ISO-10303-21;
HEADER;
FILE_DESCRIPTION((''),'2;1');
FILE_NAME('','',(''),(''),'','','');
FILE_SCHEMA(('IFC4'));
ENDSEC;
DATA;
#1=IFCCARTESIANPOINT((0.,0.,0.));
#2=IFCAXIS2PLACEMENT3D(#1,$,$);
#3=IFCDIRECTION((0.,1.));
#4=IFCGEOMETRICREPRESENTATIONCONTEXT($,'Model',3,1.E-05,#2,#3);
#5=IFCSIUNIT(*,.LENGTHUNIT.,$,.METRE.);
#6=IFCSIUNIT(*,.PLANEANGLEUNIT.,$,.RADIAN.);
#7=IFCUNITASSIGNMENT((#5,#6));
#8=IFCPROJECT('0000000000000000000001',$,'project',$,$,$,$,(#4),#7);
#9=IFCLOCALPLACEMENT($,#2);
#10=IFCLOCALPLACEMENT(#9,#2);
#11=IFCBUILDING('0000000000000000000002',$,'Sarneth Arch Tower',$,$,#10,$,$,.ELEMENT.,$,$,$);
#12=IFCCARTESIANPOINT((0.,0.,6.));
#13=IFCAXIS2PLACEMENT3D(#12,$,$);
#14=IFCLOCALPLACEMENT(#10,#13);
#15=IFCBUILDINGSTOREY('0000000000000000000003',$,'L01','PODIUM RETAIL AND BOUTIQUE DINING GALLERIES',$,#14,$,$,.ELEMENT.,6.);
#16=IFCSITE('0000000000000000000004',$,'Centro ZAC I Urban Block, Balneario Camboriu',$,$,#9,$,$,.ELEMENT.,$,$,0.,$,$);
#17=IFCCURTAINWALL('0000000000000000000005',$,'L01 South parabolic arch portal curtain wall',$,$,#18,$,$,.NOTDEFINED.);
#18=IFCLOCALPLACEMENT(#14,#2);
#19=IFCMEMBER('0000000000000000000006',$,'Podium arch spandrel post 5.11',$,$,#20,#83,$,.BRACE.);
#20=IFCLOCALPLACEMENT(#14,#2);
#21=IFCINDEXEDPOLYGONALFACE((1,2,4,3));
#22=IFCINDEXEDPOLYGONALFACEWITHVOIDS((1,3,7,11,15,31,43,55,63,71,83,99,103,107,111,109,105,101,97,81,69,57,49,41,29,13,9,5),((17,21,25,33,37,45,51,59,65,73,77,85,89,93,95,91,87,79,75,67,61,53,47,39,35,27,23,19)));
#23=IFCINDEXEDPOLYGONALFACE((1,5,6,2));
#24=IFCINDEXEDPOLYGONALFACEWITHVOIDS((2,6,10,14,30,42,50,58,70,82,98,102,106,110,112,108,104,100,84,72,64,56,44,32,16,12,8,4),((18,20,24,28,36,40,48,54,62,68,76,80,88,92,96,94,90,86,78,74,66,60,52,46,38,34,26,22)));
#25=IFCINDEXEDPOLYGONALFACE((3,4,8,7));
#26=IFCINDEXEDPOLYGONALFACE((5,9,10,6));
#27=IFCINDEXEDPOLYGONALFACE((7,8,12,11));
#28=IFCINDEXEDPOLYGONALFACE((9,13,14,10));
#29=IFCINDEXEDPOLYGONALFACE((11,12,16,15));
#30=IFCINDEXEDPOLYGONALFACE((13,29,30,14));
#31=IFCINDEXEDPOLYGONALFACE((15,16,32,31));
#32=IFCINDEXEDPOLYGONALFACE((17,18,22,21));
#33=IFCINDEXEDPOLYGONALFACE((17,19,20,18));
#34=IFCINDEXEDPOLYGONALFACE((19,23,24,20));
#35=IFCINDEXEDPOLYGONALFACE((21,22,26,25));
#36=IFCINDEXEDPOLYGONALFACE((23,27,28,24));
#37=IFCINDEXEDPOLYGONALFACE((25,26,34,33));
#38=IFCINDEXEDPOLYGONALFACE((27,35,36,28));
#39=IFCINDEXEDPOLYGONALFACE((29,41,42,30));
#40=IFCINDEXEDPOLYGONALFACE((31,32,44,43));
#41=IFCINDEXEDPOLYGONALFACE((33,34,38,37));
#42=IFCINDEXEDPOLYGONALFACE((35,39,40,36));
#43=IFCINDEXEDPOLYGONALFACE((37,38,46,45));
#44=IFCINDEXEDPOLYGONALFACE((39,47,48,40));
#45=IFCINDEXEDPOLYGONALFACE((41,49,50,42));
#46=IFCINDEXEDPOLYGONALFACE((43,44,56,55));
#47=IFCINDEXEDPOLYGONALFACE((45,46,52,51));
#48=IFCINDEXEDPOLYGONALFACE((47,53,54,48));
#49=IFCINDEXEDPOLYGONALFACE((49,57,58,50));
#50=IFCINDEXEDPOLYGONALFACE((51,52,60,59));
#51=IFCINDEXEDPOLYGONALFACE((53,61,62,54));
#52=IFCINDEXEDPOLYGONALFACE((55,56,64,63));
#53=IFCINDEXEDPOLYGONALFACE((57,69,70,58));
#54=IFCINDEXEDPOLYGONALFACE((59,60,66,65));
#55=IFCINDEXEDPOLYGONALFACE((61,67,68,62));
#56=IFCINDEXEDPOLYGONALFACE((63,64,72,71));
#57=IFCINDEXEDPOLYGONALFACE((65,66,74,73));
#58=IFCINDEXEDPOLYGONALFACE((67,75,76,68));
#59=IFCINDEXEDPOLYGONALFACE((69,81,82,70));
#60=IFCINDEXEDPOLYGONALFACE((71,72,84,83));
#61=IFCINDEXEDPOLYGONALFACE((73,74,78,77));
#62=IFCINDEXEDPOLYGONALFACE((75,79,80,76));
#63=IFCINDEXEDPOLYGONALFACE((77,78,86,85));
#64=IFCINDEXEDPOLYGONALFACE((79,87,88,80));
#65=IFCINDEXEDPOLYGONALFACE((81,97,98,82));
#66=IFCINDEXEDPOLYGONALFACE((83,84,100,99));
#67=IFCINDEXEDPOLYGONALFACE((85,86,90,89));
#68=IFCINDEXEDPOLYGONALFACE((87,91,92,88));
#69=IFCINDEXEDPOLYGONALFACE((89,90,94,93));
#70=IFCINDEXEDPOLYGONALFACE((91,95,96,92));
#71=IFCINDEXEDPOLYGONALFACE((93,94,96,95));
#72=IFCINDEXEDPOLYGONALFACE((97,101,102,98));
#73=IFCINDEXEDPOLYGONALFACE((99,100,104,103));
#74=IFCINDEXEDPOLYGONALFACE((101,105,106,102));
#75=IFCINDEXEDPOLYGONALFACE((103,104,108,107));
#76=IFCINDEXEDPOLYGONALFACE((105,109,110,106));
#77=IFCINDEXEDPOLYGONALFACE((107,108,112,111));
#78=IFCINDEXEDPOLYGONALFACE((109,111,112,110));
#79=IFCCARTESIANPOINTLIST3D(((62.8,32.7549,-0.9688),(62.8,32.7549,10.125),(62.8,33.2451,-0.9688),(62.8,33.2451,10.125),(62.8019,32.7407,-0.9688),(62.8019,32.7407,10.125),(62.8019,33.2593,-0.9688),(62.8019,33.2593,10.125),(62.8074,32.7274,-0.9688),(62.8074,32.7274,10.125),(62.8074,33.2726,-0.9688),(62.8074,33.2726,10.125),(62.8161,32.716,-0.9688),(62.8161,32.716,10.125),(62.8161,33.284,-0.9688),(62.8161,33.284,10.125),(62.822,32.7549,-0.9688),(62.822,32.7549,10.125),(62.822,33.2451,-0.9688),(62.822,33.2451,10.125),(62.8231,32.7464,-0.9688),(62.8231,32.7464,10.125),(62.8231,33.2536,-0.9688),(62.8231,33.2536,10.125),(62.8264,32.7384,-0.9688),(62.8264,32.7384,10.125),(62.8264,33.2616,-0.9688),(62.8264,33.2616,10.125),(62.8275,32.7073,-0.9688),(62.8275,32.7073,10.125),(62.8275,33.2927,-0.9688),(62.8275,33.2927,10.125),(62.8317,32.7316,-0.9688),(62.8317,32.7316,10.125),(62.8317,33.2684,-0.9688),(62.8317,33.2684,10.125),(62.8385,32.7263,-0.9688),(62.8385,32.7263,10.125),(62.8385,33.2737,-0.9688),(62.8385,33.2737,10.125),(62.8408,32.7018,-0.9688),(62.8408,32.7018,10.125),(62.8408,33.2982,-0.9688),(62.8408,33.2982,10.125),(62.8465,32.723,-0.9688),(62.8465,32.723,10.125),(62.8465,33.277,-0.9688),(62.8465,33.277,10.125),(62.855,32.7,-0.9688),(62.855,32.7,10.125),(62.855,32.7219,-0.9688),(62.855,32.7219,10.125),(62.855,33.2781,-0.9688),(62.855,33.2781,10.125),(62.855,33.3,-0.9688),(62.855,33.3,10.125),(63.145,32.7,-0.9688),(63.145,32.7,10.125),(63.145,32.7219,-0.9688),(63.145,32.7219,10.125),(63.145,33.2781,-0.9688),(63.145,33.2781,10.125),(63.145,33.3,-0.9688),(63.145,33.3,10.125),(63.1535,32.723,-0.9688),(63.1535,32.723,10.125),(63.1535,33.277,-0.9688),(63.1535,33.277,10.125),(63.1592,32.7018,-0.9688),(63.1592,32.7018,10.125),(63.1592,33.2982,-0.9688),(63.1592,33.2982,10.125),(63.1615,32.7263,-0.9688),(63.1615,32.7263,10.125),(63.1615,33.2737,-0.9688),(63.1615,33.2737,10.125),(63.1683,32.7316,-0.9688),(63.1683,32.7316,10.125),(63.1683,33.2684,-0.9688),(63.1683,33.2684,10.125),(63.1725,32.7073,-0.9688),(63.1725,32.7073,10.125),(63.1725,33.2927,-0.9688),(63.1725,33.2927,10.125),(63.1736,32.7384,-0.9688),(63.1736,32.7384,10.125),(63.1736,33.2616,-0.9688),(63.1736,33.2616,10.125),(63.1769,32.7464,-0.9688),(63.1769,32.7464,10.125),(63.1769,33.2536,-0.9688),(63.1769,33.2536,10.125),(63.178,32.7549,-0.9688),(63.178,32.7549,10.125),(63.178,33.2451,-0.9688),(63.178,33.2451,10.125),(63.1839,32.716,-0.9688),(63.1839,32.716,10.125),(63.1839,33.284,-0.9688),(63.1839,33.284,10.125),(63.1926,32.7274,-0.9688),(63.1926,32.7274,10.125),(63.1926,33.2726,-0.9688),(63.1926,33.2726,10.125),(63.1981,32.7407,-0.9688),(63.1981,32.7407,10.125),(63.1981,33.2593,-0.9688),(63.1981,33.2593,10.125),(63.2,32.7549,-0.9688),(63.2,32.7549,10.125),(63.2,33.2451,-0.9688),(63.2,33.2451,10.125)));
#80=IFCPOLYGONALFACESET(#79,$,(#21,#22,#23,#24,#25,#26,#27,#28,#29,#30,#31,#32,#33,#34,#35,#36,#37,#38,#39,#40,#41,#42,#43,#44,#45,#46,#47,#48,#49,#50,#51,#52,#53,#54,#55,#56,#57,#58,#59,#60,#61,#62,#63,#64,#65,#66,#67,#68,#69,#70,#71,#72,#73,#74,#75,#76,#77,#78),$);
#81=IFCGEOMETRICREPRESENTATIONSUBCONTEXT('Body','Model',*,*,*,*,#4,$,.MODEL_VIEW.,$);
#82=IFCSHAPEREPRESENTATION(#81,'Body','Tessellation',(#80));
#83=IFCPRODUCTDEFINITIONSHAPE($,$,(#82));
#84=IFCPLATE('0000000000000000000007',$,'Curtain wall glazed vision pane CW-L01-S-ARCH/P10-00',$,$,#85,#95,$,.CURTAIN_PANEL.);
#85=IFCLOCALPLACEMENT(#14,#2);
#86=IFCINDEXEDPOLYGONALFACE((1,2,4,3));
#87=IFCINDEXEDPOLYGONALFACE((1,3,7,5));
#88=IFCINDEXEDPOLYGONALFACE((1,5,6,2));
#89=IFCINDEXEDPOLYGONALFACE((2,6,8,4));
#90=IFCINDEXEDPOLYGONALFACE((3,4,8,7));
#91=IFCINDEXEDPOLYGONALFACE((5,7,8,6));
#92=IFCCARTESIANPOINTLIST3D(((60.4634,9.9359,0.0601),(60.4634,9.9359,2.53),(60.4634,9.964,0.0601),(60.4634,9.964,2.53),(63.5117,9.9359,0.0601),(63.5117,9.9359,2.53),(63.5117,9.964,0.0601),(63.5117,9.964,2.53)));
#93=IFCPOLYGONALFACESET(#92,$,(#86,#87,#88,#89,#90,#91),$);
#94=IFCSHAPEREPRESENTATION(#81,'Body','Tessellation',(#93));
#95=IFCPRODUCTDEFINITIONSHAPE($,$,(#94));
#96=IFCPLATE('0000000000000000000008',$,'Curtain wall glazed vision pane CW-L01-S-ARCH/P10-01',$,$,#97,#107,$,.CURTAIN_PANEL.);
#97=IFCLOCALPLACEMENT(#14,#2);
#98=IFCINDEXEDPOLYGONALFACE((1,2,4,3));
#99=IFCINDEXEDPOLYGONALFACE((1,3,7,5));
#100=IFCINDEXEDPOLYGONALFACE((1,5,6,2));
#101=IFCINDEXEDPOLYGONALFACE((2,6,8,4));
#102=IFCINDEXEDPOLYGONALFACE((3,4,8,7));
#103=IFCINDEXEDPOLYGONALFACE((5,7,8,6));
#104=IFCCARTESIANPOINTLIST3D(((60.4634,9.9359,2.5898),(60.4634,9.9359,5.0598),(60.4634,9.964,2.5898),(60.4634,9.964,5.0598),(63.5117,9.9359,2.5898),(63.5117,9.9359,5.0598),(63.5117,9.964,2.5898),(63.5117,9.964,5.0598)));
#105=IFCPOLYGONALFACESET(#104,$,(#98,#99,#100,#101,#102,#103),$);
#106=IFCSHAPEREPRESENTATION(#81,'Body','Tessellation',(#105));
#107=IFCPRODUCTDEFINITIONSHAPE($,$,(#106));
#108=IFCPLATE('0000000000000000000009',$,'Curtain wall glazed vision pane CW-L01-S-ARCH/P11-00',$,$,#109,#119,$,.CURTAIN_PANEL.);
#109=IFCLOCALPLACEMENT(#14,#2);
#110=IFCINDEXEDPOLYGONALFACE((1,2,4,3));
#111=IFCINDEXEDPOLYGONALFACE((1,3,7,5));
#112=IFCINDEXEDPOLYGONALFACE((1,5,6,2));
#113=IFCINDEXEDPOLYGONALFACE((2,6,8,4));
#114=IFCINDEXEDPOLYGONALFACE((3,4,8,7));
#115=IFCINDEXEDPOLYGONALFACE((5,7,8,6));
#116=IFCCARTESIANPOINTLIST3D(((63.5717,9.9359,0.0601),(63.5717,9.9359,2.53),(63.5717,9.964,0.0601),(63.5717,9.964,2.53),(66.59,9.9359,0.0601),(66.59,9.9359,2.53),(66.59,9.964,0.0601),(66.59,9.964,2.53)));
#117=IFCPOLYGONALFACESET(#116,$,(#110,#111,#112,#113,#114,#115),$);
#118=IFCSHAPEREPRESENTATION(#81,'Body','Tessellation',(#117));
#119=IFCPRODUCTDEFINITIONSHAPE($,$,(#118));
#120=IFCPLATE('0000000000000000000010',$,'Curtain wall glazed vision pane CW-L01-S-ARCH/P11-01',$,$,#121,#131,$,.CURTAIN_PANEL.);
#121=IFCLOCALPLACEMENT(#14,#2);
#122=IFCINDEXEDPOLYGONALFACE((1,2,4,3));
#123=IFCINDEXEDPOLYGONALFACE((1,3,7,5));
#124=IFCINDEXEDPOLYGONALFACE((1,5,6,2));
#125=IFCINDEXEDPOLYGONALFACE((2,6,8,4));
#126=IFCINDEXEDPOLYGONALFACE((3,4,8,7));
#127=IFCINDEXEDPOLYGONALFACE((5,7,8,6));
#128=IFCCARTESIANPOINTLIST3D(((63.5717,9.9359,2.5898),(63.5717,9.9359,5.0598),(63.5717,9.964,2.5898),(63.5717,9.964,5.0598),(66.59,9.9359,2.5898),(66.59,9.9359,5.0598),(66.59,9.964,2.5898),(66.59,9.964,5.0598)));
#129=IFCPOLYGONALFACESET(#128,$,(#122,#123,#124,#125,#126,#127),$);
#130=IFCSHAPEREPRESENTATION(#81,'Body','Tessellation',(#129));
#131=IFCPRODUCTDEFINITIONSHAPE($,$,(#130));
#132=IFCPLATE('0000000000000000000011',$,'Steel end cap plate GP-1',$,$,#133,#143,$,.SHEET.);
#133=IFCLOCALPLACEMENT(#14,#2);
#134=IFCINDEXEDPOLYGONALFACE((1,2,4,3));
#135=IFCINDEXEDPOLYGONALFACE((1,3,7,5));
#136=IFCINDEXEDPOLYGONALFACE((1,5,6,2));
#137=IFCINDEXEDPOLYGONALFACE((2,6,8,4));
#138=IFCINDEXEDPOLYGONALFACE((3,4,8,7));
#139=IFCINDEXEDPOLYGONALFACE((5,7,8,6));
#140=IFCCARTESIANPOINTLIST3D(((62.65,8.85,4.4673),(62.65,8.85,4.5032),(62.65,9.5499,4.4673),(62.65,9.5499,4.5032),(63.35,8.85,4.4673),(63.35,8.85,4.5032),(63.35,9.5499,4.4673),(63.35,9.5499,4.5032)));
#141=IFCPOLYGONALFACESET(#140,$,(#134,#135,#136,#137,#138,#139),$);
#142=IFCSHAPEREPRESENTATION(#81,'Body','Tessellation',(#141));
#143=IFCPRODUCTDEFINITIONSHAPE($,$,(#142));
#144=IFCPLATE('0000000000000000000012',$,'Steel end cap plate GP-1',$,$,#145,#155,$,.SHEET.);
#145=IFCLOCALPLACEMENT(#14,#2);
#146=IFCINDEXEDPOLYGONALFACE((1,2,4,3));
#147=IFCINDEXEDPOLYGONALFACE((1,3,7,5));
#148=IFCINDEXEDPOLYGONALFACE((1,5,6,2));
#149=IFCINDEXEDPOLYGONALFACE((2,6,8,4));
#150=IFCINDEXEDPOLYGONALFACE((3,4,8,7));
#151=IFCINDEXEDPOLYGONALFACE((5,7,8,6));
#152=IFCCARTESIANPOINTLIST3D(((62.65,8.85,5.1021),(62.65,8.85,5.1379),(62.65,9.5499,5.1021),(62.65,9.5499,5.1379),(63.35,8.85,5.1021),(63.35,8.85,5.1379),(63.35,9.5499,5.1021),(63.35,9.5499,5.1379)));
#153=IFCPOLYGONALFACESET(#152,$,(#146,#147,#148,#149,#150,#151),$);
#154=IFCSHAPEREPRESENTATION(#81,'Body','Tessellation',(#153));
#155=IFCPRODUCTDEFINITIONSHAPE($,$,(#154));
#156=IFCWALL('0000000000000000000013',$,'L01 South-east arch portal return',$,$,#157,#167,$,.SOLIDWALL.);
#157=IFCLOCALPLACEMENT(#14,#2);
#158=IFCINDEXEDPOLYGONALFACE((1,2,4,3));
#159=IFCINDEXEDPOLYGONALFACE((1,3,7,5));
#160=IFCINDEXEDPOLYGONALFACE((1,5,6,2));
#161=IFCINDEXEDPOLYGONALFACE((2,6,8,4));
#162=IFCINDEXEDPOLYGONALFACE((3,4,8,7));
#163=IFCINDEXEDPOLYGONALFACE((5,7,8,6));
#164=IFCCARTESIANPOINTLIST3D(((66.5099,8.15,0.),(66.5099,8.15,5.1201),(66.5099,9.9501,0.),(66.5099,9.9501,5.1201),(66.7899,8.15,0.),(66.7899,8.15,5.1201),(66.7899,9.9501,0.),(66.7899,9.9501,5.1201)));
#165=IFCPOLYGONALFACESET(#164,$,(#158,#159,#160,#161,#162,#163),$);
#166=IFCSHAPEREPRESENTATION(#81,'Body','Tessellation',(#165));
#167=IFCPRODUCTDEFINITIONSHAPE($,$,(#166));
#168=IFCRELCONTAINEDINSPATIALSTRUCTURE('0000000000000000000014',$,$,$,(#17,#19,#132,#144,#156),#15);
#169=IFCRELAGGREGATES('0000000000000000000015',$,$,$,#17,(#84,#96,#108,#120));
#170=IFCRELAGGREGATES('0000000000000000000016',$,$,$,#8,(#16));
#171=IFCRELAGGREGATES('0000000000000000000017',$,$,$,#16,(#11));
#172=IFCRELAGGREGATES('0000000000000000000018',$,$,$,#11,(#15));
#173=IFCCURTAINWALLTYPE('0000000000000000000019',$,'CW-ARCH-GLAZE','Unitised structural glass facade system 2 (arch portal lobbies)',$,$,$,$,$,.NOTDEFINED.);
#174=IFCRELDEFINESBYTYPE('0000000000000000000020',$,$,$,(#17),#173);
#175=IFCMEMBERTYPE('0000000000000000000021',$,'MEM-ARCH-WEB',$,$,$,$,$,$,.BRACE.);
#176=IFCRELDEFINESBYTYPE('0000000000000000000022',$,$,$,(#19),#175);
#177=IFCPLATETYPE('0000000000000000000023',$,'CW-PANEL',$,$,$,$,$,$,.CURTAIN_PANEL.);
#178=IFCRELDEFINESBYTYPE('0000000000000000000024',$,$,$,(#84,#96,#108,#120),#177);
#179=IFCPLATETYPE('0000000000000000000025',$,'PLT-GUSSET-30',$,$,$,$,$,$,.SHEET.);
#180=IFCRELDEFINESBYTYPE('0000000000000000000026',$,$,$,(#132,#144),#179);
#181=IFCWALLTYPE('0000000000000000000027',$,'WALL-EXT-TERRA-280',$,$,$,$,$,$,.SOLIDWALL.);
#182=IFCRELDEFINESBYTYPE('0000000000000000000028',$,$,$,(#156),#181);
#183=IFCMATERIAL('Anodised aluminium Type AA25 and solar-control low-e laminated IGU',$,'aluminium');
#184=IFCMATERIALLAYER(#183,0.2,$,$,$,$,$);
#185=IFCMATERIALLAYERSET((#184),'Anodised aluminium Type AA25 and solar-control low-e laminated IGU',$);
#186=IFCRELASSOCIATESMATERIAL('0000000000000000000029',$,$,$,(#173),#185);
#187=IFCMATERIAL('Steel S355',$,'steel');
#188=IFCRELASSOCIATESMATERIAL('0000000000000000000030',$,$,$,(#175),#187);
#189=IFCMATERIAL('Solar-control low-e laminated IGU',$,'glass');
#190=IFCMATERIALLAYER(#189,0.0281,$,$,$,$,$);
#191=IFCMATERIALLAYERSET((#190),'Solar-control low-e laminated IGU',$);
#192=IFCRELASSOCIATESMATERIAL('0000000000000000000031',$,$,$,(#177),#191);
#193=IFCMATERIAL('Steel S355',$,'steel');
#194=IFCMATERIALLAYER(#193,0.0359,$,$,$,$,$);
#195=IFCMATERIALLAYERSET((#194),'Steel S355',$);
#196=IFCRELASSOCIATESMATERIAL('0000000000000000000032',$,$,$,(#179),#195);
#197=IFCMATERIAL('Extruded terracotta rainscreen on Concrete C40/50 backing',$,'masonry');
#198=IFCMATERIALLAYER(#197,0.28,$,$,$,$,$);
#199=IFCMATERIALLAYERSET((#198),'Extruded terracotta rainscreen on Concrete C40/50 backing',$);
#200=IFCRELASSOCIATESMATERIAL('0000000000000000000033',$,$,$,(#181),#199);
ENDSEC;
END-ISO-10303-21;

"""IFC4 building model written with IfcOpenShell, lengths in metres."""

from ifc_helpers import new_model, si_unit, direction, frame, frame_2d, origin, origin_2d, place, context, subcontext, project, spatial, rectangle, hollow_rectangle, extrude, material, layer, layer_set, material_profile, profile_set, type_object, element, aggregate, save


model = new_model("IFC4")

# Units and contexts
model_context = context("Model", 3, precision=1e-05, world=origin(), true_north=direction((0.0, 1.0)))
body_context = subcontext(model_context, "Body", "Model", "MODEL_VIEW")
ifc_project = project(units=[si_unit("LENGTHUNIT", "METRE"), si_unit("PLANEANGLEUNIT", "RADIAN")], contexts=[model_context])

# Site, building, storey
site_placement = place(None, origin())
site = spatial("IfcSite", under=ifc_project, at=site_placement, Name="Centro ZAC I Urban Block, Balneario Camboriu", CompositionType="ELEMENT", RefElevation=0.0)
building_placement = place(site_placement, origin())
building = spatial("IfcBuilding", under=site, at=building_placement, Name="Sarneth Arch Tower", CompositionType="ELEMENT")
storey_placement = place(building_placement, frame((0.0, 0.0, 6.0)))
storey = spatial("IfcBuildingStorey", under=building, at=storey_placement, Name="L01", Description="PODIUM RETAIL AND BOUTIQUE DINING GALLERIES", CompositionType="ELEMENT", Elevation=6.0)

# Curtain wall
ifc_material_1 = material(Name="Anodised aluminium Type AA25 and solar-control low-e laminated IGU", Category="aluminium")
ifc_layer_1 = layer(ifc_material_1, 0.2)
ifc_layer_set_1 = layer_set([ifc_layer_1], Name="Anodised aluminium Type AA25 and solar-control low-e laminated IGU")
curtain_wall_type = type_object("IfcCurtainWallType", Name="CW-ARCH-GLAZE", Description="Unitised structural glass facade system 2 (arch portal lobbies)", PredefinedType="NOTDEFINED", material=ifc_layer_set_1)
curtain_wall_placement = place(storey_placement, origin())
curtain_wall = element("IfcCurtainWall", 1, at=curtain_wall_placement, inside=storey, type_object=curtain_wall_type, Name="L01 South parabolic arch portal curtain wall", PredefinedType="NOTDEFINED")

# Member
ifc_material_2 = material(Name="Steel S355", Category="steel")
ifc_material_profile_1 = material_profile(ifc_material_2, hollow_rectangle(XDim=0.3999, YDim=0.6001, WallThickness=0.022, InnerFilletRadius=0.033, OuterFilletRadius=0.0549, at=origin_2d()), Name="RHS600x400x22")
ifc_profile_set_1 = profile_set([ifc_material_profile_1], Name="Steel S355")
member_type_1 = type_object("IfcMemberType", Name="MEM-ARCH-WEB", PredefinedType="BRACE", material=ifc_profile_set_1)
for number, where, z_axis, x_axis, name in (
    (2, (63.0, 33.0, -0.9688), (0.0, 0.0, 1.0), (1.0, 0.0, 0.0), "Podium arch spandrel post 5.11"),
):
    element("IfcMember", number, at=place(storey_placement, frame(where, z_axis=z_axis, x_axis=x_axis)), inside=storey, type_object=member_type_1, Name=name, PredefinedType="BRACE", context=body_context, shape_type="SweptSolid", body=[
        extrude(hollow_rectangle(XDim=0.3999, YDim=0.6001, WallThickness=0.022, InnerFilletRadius=0.033, OuterFilletRadius=0.0549, at=origin_2d()), origin(), (0.0, 0.0, 1.0), 11.0938),
    ])

# Plates
ifc_material_3 = material(Name="Solar-control low-e laminated IGU", Category="glass")
ifc_layer_2 = layer(ifc_material_3, 0.0281)
ifc_layer_set_2 = layer_set([ifc_layer_2], Name="Solar-control low-e laminated IGU")
plate_type_1 = type_object("IfcPlateType", Name="CW-PANEL", PredefinedType="CURTAIN_PANEL", material=ifc_layer_set_2)
plate_1_placement = place(storey_placement, frame((61.9875, 9.95, 0.0601), z_axis=(0.0, 0.0, 1.0), x_axis=(1.0, 0.0, 0.0)))
plate_1 = element("IfcPlate", 3, at=plate_1_placement, type_object=plate_type_1, Name="Curtain wall glazed vision pane CW-L01-S-ARCH/P10-00", PredefinedType="CURTAIN_PANEL", context=body_context, shape_type="SweptSolid", body=[
    extrude(rectangle(XDim=3.0483, YDim=0.0281, at=origin_2d()), origin(), (0.0, 0.0, 1.0), 2.47),
])
plate_2_placement = place(storey_placement, frame((61.9875, 9.95, 2.5898), z_axis=(0.0, 0.0, 1.0), x_axis=(1.0, 0.0, 0.0)))
plate_2 = element("IfcPlate", 4, at=plate_2_placement, type_object=plate_type_1, Name="Curtain wall glazed vision pane CW-L01-S-ARCH/P10-01", PredefinedType="CURTAIN_PANEL", context=body_context, shape_type="SweptSolid", body=[
    extrude(rectangle(XDim=3.0483, YDim=0.0281, at=origin_2d()), origin(), (0.0, 0.0, 1.0), 2.47),
])
plate_3_placement = place(storey_placement, frame((65.0808, 9.95, 0.0601), z_axis=(0.0, 0.0, 1.0), x_axis=(1.0, 0.0, 0.0)))
plate_3 = element("IfcPlate", 5, at=plate_3_placement, type_object=plate_type_1, Name="Curtain wall glazed vision pane CW-L01-S-ARCH/P11-00", PredefinedType="CURTAIN_PANEL", context=body_context, shape_type="SweptSolid", body=[
    extrude(rectangle(XDim=3.0183, YDim=0.0281, at=origin_2d()), origin(), (0.0, 0.0, 1.0), 2.47),
])
plate_4_placement = place(storey_placement, frame((65.0808, 9.95, 2.5898), z_axis=(0.0, 0.0, 1.0), x_axis=(1.0, 0.0, 0.0)))
plate_4 = element("IfcPlate", 6, at=plate_4_placement, type_object=plate_type_1, Name="Curtain wall glazed vision pane CW-L01-S-ARCH/P11-01", PredefinedType="CURTAIN_PANEL", context=body_context, shape_type="SweptSolid", body=[
    extrude(rectangle(XDim=3.0183, YDim=0.0281, at=origin_2d()), origin(), (0.0, 0.0, 1.0), 2.47),
])
aggregate(curtain_wall, [plate_1, plate_2, plate_3, plate_4])

# Plates
ifc_material_4 = material(Name="Steel S355", Category="steel")
ifc_layer_3 = layer(ifc_material_4, 0.0359)
ifc_layer_set_3 = layer_set([ifc_layer_3], Name="Steel S355")
plate_type_2 = type_object("IfcPlateType", Name="PLT-GUSSET-30", PredefinedType="SHEET", material=ifc_layer_set_3)
for number, where, z_axis, x_axis, name in (
    (7, (63.0, 9.2, 4.4673), (0.0, 0.0, 1.0), (1.0, 0.0, 0.0), "Steel end cap plate GP-1"),
    (8, (63.0, 9.2, 5.1021), (0.0, 0.0, 1.0), (1.0, 0.0, 0.0), "Steel end cap plate GP-1"),
):
    element("IfcPlate", number, at=place(storey_placement, frame(where, z_axis=z_axis, x_axis=x_axis)), inside=storey, type_object=plate_type_2, Name=name, PredefinedType="SHEET", context=body_context, shape_type="SweptSolid", body=[
        extrude(rectangle(XDim=0.7, YDim=0.7, at=origin_2d()), origin(), (0.0, 0.0, 1.0), 0.0359),
    ])

# Wall
ifc_material_5 = material(Name="Extruded terracotta rainscreen on Concrete C40/50 backing", Category="masonry")
ifc_layer_4 = layer(ifc_material_5, 0.28)
ifc_layer_set_4 = layer_set([ifc_layer_4], Name="Extruded terracotta rainscreen on Concrete C40/50 backing")
wall_type = type_object("IfcWallType", Name="WALL-EXT-TERRA-280", PredefinedType="SOLIDWALL", material=ifc_layer_set_4)
wall_placement = place(storey_placement, frame((66.6499, 9.95, 0.0), z_axis=(0.0, 0.0, 1.0), x_axis=(0.0, -1.0, 0.0)))
element("IfcWall", 9, at=wall_placement, inside=storey, type_object=wall_type, Name="L01 South-east arch portal return", PredefinedType="SOLIDWALL", context=body_context, shape_type="SweptSolid", body=[
    extrude(rectangle(XDim=1.8, YDim=0.28, at=frame_2d((0.8999, 0.0))), origin(), (0.0, 0.0, 1.0), 5.1201),
])

save(model, "model.ifc")
